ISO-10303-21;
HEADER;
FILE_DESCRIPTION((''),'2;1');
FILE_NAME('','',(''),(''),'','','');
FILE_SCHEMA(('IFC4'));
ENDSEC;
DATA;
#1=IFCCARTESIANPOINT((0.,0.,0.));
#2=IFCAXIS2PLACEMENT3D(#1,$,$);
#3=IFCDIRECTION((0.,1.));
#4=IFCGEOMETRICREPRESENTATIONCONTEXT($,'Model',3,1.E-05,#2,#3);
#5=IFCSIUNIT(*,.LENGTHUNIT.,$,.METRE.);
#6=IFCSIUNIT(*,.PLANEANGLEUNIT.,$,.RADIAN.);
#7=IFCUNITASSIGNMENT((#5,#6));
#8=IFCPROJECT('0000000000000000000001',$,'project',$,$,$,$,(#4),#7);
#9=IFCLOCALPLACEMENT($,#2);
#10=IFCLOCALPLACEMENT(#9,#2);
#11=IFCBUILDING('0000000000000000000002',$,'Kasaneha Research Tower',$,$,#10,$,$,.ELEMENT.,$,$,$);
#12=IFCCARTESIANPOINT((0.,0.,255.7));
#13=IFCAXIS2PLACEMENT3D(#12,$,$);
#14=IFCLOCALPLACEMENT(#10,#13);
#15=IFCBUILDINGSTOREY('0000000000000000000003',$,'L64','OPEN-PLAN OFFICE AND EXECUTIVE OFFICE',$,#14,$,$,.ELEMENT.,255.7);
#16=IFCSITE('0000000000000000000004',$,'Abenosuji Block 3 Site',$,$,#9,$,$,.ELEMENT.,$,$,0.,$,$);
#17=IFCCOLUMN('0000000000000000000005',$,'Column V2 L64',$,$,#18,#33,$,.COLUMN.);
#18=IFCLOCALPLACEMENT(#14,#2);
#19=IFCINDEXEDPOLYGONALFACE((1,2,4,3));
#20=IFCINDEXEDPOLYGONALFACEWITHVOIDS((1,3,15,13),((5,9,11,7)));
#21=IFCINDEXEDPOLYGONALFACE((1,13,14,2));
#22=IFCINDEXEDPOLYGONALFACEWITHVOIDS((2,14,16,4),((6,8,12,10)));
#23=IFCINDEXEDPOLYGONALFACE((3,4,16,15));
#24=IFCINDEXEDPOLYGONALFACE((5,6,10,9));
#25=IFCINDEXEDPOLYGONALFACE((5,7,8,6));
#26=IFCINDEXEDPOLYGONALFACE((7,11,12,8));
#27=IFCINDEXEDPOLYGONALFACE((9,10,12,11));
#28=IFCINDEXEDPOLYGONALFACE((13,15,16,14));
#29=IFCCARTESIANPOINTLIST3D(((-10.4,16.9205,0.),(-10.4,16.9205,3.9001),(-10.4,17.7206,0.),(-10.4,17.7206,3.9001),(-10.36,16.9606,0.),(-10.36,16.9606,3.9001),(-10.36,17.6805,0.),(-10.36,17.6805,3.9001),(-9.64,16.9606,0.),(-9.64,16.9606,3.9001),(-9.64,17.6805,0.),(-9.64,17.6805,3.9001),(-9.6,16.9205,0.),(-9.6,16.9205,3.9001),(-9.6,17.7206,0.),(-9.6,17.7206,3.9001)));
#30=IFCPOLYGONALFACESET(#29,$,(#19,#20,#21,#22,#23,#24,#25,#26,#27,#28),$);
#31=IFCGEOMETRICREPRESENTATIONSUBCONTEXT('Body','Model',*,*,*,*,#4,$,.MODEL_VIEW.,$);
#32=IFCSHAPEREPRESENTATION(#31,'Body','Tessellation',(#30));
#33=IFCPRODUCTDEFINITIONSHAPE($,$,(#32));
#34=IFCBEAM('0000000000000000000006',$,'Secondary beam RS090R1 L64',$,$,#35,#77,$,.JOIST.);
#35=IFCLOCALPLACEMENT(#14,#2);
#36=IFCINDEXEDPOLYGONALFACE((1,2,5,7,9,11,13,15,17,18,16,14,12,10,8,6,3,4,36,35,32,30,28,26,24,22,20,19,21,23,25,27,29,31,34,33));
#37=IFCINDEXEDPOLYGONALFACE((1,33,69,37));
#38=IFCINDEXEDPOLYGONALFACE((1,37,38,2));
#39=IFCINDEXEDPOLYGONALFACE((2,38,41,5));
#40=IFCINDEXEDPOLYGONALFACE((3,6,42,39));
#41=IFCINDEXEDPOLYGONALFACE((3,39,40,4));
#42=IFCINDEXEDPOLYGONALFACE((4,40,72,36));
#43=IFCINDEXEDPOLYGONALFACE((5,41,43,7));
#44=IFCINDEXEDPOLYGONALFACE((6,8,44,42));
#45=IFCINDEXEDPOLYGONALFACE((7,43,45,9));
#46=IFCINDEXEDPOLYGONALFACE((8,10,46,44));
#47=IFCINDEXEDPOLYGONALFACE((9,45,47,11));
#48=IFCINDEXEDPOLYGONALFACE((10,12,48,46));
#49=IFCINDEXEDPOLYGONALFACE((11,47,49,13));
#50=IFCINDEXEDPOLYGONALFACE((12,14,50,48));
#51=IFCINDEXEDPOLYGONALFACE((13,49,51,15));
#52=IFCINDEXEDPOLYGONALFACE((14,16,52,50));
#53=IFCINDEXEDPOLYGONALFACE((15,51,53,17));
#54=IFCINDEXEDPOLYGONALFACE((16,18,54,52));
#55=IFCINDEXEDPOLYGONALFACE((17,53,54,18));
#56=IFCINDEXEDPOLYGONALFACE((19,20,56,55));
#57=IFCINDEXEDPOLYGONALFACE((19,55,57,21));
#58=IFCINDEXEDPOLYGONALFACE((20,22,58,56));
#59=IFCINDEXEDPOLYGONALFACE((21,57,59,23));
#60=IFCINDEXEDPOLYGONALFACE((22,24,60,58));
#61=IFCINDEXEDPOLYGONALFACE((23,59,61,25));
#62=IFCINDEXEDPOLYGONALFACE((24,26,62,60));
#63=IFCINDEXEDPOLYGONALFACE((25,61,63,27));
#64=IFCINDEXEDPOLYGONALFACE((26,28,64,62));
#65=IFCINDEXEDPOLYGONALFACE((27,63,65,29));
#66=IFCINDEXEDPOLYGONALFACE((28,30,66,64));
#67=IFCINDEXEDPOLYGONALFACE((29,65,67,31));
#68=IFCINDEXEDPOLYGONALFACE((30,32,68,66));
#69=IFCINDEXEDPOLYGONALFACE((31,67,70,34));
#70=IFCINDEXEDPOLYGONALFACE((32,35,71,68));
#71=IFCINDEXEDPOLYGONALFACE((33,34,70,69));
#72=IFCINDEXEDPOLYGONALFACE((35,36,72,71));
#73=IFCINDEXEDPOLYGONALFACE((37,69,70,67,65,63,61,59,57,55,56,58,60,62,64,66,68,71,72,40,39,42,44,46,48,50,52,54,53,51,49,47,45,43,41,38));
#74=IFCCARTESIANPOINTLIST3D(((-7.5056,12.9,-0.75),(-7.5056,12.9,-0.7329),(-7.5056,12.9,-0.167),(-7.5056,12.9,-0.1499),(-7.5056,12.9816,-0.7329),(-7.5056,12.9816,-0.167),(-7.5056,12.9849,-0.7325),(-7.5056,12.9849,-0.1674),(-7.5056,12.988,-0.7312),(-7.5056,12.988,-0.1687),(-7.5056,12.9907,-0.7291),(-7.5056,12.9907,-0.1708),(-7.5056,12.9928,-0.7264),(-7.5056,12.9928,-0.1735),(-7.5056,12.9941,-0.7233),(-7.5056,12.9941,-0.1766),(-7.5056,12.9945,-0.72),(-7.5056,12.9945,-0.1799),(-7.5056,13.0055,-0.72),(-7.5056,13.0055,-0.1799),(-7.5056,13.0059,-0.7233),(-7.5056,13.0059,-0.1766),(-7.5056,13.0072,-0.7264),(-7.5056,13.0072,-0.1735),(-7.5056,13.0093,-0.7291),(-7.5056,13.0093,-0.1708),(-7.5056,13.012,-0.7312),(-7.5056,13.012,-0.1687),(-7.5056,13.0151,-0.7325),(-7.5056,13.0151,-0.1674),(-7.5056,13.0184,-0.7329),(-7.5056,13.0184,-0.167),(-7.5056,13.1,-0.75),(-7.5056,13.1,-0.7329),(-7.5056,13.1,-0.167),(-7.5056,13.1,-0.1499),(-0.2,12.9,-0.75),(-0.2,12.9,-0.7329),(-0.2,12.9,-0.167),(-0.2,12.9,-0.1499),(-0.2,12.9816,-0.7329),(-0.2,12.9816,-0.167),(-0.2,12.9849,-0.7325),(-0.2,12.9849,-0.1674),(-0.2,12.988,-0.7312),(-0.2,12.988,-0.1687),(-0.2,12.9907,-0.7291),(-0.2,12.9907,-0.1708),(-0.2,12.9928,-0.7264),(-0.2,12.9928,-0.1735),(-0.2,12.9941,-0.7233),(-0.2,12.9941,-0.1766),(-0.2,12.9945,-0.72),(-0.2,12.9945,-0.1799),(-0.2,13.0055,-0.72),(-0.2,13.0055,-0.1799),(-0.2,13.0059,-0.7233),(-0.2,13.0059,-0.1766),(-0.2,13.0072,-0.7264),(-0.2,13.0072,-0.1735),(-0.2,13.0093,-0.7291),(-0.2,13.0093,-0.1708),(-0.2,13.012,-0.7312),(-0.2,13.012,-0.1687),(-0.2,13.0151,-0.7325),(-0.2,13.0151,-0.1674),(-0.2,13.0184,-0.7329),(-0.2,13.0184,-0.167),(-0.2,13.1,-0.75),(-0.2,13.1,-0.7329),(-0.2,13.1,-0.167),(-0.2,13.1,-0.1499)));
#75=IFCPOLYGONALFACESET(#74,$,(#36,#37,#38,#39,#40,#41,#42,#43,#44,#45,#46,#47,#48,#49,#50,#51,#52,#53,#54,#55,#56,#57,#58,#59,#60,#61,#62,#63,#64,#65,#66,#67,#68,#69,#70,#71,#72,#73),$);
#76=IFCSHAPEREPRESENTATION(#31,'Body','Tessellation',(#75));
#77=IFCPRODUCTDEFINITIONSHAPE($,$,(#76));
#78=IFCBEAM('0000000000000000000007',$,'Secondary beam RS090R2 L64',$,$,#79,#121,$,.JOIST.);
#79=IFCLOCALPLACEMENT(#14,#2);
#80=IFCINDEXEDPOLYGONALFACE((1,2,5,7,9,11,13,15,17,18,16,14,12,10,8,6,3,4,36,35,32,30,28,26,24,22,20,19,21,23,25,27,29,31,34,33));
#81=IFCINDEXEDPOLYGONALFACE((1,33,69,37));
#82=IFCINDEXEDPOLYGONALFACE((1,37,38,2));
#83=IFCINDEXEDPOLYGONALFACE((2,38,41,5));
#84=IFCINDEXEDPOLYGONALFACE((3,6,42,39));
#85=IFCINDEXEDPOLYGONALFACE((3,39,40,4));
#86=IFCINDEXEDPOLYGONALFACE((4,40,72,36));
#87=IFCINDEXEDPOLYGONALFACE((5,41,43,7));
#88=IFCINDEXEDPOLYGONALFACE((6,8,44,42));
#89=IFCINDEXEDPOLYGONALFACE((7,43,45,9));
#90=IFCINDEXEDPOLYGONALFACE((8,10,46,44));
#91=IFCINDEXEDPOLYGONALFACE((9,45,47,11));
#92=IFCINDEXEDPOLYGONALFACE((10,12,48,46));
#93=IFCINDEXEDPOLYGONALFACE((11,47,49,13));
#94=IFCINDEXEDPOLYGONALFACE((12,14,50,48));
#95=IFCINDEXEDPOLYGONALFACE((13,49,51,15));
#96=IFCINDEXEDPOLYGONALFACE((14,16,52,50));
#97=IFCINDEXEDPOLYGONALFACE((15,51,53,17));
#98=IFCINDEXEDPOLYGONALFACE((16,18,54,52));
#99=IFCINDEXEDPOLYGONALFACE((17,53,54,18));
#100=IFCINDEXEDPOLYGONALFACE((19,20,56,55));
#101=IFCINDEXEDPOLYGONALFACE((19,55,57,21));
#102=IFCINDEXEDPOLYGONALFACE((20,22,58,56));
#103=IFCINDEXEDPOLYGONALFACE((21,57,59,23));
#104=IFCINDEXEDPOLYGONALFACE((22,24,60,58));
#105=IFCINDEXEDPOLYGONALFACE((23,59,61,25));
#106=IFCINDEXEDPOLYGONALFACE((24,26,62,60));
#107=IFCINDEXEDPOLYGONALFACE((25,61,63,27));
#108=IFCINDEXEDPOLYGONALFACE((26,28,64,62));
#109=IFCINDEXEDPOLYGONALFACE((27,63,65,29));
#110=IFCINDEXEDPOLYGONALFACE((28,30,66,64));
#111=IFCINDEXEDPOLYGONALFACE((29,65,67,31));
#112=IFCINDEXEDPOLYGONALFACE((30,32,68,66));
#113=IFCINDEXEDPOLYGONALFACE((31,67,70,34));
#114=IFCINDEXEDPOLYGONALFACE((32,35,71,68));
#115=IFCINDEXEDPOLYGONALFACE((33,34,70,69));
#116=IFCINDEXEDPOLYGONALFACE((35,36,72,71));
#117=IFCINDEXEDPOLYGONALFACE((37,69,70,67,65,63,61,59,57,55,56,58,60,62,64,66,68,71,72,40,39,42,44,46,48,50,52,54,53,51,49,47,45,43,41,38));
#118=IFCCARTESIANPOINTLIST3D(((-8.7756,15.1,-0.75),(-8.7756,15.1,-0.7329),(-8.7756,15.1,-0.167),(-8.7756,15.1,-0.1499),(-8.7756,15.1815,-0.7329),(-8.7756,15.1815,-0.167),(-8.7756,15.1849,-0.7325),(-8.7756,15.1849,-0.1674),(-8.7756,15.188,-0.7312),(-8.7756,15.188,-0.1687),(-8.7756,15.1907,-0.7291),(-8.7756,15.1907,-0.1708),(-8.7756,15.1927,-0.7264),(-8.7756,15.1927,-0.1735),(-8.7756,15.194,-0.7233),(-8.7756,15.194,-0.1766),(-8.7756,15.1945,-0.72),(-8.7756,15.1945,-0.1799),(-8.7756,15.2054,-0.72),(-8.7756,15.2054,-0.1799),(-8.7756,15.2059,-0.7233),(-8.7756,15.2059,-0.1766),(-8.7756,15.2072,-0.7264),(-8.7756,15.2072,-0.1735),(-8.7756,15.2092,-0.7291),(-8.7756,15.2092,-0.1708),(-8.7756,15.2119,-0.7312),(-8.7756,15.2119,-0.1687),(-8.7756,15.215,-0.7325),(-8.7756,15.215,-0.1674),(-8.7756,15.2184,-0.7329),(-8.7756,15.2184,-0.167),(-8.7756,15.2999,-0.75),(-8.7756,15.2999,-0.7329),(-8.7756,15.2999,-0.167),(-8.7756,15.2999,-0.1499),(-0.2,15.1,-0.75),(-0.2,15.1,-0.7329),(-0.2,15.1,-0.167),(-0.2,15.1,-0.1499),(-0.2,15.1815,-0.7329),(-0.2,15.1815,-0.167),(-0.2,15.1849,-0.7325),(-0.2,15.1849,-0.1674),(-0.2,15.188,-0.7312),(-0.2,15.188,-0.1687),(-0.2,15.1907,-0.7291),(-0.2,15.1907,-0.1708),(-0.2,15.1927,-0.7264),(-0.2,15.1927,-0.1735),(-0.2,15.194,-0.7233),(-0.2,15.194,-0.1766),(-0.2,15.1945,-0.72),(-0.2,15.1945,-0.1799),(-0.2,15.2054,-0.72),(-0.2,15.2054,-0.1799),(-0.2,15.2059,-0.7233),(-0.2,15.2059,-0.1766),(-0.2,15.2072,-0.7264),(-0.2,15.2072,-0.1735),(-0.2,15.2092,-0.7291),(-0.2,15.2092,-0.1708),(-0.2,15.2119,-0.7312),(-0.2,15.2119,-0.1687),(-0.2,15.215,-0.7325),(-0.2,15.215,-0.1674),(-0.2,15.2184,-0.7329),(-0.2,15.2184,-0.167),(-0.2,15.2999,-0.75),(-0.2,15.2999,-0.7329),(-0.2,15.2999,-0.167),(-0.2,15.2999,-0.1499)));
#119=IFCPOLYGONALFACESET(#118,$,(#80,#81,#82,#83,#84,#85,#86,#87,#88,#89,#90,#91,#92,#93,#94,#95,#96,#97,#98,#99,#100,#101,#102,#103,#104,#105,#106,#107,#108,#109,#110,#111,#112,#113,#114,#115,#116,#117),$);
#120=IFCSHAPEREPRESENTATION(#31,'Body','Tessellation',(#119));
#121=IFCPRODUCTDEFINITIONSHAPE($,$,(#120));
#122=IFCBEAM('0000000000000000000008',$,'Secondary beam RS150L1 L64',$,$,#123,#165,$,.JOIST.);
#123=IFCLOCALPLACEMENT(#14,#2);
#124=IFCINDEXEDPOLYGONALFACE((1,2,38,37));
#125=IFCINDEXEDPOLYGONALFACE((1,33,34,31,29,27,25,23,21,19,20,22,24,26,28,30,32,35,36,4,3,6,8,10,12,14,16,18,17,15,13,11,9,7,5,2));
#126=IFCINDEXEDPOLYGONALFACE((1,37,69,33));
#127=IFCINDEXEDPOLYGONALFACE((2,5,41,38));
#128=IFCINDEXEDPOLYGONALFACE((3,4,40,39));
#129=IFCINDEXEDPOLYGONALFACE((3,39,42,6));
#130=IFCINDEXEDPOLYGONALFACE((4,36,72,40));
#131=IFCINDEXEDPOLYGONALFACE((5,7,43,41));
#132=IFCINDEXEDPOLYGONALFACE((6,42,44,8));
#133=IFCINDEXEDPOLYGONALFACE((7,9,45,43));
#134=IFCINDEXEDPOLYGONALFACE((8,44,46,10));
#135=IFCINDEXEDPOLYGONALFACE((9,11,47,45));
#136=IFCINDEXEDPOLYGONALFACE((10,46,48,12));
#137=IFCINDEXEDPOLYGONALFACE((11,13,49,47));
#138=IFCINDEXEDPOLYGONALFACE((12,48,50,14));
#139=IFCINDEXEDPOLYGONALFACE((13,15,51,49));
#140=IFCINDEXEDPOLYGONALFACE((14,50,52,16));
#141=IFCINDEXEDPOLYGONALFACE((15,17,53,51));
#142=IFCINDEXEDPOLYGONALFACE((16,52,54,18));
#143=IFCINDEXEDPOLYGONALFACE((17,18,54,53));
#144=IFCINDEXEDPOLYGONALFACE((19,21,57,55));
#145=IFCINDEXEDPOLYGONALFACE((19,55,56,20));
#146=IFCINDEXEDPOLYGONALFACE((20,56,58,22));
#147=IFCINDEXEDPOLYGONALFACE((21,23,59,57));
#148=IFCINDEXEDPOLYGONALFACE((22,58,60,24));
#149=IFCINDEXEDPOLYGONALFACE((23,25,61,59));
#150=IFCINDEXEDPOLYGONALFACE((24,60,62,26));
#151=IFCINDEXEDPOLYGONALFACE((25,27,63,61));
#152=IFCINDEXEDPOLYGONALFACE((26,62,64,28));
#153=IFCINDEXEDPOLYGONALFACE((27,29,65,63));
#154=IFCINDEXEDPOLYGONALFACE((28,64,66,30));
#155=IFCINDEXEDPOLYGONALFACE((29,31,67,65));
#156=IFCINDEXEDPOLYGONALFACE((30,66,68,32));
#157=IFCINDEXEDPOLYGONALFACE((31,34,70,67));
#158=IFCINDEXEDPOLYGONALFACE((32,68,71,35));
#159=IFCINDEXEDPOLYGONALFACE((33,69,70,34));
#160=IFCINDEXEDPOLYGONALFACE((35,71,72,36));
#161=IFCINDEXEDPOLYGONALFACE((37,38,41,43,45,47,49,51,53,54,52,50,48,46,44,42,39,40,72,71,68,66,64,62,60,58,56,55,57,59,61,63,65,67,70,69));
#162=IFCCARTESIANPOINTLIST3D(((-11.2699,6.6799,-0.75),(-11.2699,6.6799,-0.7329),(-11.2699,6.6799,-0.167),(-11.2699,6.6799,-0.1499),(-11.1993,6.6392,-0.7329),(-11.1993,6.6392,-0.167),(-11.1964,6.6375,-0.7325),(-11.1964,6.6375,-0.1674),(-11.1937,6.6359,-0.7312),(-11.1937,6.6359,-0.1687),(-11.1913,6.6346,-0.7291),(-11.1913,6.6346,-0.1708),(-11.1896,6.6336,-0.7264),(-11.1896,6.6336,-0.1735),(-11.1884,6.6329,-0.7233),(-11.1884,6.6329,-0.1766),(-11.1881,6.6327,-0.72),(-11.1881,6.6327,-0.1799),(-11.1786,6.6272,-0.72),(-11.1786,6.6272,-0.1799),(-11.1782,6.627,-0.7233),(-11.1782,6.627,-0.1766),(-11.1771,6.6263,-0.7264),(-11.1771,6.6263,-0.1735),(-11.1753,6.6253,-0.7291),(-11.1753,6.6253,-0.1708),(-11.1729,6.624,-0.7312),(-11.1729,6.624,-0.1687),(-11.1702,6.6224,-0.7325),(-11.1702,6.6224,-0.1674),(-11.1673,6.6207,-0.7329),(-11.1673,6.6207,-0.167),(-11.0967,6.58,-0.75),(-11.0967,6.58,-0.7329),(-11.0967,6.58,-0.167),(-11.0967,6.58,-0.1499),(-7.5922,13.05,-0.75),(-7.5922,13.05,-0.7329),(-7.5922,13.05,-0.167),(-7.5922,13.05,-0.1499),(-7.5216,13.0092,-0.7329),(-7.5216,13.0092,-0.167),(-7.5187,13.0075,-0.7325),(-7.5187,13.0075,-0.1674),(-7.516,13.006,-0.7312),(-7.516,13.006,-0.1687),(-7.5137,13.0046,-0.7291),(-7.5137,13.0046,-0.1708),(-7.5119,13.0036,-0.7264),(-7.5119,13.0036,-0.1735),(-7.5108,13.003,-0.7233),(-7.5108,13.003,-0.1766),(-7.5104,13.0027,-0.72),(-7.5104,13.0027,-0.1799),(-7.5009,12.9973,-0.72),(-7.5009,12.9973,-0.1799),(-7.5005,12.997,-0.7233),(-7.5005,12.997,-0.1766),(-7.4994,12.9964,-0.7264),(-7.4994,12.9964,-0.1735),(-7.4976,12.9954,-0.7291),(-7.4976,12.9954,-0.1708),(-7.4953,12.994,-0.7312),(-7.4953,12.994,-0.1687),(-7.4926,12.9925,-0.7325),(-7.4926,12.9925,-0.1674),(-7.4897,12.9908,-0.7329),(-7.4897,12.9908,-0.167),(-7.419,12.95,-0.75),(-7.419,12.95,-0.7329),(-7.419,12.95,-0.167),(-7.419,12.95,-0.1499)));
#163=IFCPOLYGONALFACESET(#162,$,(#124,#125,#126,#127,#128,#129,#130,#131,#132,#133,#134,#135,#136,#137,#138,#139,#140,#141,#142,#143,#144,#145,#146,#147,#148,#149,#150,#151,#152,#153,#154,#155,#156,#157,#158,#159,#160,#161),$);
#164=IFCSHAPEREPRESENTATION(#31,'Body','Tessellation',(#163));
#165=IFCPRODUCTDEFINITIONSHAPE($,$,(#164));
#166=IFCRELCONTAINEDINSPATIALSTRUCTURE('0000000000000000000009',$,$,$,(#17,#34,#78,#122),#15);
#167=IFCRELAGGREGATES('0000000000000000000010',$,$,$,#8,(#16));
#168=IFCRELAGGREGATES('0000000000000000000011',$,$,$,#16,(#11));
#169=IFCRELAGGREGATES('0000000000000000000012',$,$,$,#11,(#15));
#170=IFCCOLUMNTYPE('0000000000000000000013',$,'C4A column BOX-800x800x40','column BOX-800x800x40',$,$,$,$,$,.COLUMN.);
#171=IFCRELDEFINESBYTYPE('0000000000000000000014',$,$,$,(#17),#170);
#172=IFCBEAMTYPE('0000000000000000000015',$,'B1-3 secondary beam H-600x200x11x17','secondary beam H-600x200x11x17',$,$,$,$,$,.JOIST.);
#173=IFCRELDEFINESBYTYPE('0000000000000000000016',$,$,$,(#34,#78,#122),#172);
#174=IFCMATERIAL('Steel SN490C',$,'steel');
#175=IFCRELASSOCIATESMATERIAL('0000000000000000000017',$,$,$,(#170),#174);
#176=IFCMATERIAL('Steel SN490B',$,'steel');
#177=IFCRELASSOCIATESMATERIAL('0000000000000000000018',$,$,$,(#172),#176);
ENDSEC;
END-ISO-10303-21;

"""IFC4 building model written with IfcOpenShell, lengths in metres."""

from ifc_helpers import new_model, si_unit, direction, frame, origin, origin_2d, place, context, subcontext, project, spatial, hollow_rectangle, i_section, extrude, material, material_profile, profile_set, type_object, element, save


model = new_model("IFC4")

# Units and contexts
model_context = context("Model", 3, precision=1e-05, world=origin(), true_north=direction((0.0, 1.0)))
body_context = subcontext(model_context, "Body", "Model", "MODEL_VIEW")
ifc_project = project(units=[si_unit("LENGTHUNIT", "METRE"), si_unit("PLANEANGLEUNIT", "RADIAN")], contexts=[model_context])

# Site, building, storey
site_placement = place(None, origin())
site = spatial("IfcSite", under=ifc_project, at=site_placement, Name="Abenosuji Block 3 Site", CompositionType="ELEMENT", RefElevation=0.0)
building_placement = place(site_placement, origin())
building = spatial("IfcBuilding", under=site, at=building_placement, Name="Kasaneha Research Tower", CompositionType="ELEMENT")
storey_placement = place(building_placement, frame((0.0, 0.0, 255.7)))
storey = spatial("IfcBuildingStorey", under=building, at=storey_placement, Name="L64", Description="OPEN-PLAN OFFICE AND EXECUTIVE OFFICE", CompositionType="ELEMENT", Elevation=255.7)

# Column
ifc_material_1 = material(Name="Steel SN490C", Category="steel")
ifc_material_profile_1 = material_profile(ifc_material_1, hollow_rectangle(XDim=0.8, YDim=0.8, WallThickness=0.04, at=origin_2d()), Name="BOX-800x800x40")
ifc_profile_set_1 = profile_set([ifc_material_profile_1], Name="Steel SN490C")
column_type = type_object("IfcColumnType", Name="C4A column BOX-800x800x40", Description="column BOX-800x800x40", PredefinedType="COLUMN", material=ifc_profile_set_1)
column_placement = place(storey_placement, frame((-10.0, 17.3206, 0.0), z_axis=(0.0, 0.0, 1.0), x_axis=(1.0, 0.0, 0.0)))
element("IfcColumn", 1, at=column_placement, inside=storey, type_object=column_type, Name="Column V2 L64", PredefinedType="COLUMN", context=body_context, shape_type="SweptSolid", body=[
    extrude(hollow_rectangle(XDim=0.8, YDim=0.8, WallThickness=0.04, at=origin_2d()), origin(), (0.0, 0.0, 1.0), 3.9001),
])

# Beams
ifc_material_2 = material(Name="Steel SN490B", Category="steel")
ifc_material_profile_2 = material_profile(ifc_material_2, i_section(OverallWidth=0.2, OverallDepth=0.6001, WebThickness=0.011, FlangeThickness=0.0171, FilletRadius=0.0129, at=origin_2d()), Name="H-600x200x11x17")
ifc_profile_set_2 = profile_set([ifc_material_profile_2], Name="Steel SN490B")
beam_type_1 = type_object("IfcBeamType", Name="B1-3 secondary beam H-600x200x11x17", Description="secondary beam H-600x200x11x17", PredefinedType="JOIST", material=ifc_profile_set_2)
beam_1_placement = place(storey_placement, frame((-7.5056, 13.0, -0.45), z_axis=(1.0, 0.0, 0.0), x_axis=(0.0, 1.0, 0.0)))
element("IfcBeam", 2, at=beam_1_placement, inside=storey, type_object=beam_type_1, Name="Secondary beam RS090R1 L64", PredefinedType="JOIST", context=body_context, shape_type="SweptSolid", body=[
    extrude(i_section(OverallWidth=0.2, OverallDepth=0.6001, WebThickness=0.011, FlangeThickness=0.0171, FilletRadius=0.0129, at=origin_2d()), origin(), (0.0, 0.0, 1.0), 7.3057),
])
beam_2_placement = place(storey_placement, frame((-8.7756, 15.2, -0.45), z_axis=(1.0, 0.0, 0.0), x_axis=(0.0, 1.0, 0.0)))
element("IfcBeam", 3, at=beam_2_placement, inside=storey, type_object=beam_type_1, Name="Secondary beam RS090R2 L64", PredefinedType="JOIST", context=body_context, shape_type="SweptSolid", body=[
    extrude(i_section(OverallWidth=0.2, OverallDepth=0.6001, WebThickness=0.011, FlangeThickness=0.0171, FilletRadius=0.0129, at=origin_2d()), origin(), (0.0, 0.0, 1.0), 8.5757),
])
beam_3_placement = place(storey_placement, frame((-7.5056, 13.0, -0.45), z_axis=(-0.499994, -0.866029, 0.0), x_axis=(0.866029, -0.499994, 0.0)))
element("IfcBeam", 4, at=beam_3_placement, inside=storey, type_object=beam_type_1, Name="Secondary beam RS150L1 L64", PredefinedType="JOIST", context=body_context, shape_type="SweptSolid", body=[
    extrude(i_section(OverallWidth=0.2, OverallDepth=0.6001, WebThickness=0.011, FlangeThickness=0.0171, FilletRadius=0.0129, at=origin_2d()), origin(), (0.0, 0.0, 1.0), 7.3555),
])

save(model, "model.ifc")
